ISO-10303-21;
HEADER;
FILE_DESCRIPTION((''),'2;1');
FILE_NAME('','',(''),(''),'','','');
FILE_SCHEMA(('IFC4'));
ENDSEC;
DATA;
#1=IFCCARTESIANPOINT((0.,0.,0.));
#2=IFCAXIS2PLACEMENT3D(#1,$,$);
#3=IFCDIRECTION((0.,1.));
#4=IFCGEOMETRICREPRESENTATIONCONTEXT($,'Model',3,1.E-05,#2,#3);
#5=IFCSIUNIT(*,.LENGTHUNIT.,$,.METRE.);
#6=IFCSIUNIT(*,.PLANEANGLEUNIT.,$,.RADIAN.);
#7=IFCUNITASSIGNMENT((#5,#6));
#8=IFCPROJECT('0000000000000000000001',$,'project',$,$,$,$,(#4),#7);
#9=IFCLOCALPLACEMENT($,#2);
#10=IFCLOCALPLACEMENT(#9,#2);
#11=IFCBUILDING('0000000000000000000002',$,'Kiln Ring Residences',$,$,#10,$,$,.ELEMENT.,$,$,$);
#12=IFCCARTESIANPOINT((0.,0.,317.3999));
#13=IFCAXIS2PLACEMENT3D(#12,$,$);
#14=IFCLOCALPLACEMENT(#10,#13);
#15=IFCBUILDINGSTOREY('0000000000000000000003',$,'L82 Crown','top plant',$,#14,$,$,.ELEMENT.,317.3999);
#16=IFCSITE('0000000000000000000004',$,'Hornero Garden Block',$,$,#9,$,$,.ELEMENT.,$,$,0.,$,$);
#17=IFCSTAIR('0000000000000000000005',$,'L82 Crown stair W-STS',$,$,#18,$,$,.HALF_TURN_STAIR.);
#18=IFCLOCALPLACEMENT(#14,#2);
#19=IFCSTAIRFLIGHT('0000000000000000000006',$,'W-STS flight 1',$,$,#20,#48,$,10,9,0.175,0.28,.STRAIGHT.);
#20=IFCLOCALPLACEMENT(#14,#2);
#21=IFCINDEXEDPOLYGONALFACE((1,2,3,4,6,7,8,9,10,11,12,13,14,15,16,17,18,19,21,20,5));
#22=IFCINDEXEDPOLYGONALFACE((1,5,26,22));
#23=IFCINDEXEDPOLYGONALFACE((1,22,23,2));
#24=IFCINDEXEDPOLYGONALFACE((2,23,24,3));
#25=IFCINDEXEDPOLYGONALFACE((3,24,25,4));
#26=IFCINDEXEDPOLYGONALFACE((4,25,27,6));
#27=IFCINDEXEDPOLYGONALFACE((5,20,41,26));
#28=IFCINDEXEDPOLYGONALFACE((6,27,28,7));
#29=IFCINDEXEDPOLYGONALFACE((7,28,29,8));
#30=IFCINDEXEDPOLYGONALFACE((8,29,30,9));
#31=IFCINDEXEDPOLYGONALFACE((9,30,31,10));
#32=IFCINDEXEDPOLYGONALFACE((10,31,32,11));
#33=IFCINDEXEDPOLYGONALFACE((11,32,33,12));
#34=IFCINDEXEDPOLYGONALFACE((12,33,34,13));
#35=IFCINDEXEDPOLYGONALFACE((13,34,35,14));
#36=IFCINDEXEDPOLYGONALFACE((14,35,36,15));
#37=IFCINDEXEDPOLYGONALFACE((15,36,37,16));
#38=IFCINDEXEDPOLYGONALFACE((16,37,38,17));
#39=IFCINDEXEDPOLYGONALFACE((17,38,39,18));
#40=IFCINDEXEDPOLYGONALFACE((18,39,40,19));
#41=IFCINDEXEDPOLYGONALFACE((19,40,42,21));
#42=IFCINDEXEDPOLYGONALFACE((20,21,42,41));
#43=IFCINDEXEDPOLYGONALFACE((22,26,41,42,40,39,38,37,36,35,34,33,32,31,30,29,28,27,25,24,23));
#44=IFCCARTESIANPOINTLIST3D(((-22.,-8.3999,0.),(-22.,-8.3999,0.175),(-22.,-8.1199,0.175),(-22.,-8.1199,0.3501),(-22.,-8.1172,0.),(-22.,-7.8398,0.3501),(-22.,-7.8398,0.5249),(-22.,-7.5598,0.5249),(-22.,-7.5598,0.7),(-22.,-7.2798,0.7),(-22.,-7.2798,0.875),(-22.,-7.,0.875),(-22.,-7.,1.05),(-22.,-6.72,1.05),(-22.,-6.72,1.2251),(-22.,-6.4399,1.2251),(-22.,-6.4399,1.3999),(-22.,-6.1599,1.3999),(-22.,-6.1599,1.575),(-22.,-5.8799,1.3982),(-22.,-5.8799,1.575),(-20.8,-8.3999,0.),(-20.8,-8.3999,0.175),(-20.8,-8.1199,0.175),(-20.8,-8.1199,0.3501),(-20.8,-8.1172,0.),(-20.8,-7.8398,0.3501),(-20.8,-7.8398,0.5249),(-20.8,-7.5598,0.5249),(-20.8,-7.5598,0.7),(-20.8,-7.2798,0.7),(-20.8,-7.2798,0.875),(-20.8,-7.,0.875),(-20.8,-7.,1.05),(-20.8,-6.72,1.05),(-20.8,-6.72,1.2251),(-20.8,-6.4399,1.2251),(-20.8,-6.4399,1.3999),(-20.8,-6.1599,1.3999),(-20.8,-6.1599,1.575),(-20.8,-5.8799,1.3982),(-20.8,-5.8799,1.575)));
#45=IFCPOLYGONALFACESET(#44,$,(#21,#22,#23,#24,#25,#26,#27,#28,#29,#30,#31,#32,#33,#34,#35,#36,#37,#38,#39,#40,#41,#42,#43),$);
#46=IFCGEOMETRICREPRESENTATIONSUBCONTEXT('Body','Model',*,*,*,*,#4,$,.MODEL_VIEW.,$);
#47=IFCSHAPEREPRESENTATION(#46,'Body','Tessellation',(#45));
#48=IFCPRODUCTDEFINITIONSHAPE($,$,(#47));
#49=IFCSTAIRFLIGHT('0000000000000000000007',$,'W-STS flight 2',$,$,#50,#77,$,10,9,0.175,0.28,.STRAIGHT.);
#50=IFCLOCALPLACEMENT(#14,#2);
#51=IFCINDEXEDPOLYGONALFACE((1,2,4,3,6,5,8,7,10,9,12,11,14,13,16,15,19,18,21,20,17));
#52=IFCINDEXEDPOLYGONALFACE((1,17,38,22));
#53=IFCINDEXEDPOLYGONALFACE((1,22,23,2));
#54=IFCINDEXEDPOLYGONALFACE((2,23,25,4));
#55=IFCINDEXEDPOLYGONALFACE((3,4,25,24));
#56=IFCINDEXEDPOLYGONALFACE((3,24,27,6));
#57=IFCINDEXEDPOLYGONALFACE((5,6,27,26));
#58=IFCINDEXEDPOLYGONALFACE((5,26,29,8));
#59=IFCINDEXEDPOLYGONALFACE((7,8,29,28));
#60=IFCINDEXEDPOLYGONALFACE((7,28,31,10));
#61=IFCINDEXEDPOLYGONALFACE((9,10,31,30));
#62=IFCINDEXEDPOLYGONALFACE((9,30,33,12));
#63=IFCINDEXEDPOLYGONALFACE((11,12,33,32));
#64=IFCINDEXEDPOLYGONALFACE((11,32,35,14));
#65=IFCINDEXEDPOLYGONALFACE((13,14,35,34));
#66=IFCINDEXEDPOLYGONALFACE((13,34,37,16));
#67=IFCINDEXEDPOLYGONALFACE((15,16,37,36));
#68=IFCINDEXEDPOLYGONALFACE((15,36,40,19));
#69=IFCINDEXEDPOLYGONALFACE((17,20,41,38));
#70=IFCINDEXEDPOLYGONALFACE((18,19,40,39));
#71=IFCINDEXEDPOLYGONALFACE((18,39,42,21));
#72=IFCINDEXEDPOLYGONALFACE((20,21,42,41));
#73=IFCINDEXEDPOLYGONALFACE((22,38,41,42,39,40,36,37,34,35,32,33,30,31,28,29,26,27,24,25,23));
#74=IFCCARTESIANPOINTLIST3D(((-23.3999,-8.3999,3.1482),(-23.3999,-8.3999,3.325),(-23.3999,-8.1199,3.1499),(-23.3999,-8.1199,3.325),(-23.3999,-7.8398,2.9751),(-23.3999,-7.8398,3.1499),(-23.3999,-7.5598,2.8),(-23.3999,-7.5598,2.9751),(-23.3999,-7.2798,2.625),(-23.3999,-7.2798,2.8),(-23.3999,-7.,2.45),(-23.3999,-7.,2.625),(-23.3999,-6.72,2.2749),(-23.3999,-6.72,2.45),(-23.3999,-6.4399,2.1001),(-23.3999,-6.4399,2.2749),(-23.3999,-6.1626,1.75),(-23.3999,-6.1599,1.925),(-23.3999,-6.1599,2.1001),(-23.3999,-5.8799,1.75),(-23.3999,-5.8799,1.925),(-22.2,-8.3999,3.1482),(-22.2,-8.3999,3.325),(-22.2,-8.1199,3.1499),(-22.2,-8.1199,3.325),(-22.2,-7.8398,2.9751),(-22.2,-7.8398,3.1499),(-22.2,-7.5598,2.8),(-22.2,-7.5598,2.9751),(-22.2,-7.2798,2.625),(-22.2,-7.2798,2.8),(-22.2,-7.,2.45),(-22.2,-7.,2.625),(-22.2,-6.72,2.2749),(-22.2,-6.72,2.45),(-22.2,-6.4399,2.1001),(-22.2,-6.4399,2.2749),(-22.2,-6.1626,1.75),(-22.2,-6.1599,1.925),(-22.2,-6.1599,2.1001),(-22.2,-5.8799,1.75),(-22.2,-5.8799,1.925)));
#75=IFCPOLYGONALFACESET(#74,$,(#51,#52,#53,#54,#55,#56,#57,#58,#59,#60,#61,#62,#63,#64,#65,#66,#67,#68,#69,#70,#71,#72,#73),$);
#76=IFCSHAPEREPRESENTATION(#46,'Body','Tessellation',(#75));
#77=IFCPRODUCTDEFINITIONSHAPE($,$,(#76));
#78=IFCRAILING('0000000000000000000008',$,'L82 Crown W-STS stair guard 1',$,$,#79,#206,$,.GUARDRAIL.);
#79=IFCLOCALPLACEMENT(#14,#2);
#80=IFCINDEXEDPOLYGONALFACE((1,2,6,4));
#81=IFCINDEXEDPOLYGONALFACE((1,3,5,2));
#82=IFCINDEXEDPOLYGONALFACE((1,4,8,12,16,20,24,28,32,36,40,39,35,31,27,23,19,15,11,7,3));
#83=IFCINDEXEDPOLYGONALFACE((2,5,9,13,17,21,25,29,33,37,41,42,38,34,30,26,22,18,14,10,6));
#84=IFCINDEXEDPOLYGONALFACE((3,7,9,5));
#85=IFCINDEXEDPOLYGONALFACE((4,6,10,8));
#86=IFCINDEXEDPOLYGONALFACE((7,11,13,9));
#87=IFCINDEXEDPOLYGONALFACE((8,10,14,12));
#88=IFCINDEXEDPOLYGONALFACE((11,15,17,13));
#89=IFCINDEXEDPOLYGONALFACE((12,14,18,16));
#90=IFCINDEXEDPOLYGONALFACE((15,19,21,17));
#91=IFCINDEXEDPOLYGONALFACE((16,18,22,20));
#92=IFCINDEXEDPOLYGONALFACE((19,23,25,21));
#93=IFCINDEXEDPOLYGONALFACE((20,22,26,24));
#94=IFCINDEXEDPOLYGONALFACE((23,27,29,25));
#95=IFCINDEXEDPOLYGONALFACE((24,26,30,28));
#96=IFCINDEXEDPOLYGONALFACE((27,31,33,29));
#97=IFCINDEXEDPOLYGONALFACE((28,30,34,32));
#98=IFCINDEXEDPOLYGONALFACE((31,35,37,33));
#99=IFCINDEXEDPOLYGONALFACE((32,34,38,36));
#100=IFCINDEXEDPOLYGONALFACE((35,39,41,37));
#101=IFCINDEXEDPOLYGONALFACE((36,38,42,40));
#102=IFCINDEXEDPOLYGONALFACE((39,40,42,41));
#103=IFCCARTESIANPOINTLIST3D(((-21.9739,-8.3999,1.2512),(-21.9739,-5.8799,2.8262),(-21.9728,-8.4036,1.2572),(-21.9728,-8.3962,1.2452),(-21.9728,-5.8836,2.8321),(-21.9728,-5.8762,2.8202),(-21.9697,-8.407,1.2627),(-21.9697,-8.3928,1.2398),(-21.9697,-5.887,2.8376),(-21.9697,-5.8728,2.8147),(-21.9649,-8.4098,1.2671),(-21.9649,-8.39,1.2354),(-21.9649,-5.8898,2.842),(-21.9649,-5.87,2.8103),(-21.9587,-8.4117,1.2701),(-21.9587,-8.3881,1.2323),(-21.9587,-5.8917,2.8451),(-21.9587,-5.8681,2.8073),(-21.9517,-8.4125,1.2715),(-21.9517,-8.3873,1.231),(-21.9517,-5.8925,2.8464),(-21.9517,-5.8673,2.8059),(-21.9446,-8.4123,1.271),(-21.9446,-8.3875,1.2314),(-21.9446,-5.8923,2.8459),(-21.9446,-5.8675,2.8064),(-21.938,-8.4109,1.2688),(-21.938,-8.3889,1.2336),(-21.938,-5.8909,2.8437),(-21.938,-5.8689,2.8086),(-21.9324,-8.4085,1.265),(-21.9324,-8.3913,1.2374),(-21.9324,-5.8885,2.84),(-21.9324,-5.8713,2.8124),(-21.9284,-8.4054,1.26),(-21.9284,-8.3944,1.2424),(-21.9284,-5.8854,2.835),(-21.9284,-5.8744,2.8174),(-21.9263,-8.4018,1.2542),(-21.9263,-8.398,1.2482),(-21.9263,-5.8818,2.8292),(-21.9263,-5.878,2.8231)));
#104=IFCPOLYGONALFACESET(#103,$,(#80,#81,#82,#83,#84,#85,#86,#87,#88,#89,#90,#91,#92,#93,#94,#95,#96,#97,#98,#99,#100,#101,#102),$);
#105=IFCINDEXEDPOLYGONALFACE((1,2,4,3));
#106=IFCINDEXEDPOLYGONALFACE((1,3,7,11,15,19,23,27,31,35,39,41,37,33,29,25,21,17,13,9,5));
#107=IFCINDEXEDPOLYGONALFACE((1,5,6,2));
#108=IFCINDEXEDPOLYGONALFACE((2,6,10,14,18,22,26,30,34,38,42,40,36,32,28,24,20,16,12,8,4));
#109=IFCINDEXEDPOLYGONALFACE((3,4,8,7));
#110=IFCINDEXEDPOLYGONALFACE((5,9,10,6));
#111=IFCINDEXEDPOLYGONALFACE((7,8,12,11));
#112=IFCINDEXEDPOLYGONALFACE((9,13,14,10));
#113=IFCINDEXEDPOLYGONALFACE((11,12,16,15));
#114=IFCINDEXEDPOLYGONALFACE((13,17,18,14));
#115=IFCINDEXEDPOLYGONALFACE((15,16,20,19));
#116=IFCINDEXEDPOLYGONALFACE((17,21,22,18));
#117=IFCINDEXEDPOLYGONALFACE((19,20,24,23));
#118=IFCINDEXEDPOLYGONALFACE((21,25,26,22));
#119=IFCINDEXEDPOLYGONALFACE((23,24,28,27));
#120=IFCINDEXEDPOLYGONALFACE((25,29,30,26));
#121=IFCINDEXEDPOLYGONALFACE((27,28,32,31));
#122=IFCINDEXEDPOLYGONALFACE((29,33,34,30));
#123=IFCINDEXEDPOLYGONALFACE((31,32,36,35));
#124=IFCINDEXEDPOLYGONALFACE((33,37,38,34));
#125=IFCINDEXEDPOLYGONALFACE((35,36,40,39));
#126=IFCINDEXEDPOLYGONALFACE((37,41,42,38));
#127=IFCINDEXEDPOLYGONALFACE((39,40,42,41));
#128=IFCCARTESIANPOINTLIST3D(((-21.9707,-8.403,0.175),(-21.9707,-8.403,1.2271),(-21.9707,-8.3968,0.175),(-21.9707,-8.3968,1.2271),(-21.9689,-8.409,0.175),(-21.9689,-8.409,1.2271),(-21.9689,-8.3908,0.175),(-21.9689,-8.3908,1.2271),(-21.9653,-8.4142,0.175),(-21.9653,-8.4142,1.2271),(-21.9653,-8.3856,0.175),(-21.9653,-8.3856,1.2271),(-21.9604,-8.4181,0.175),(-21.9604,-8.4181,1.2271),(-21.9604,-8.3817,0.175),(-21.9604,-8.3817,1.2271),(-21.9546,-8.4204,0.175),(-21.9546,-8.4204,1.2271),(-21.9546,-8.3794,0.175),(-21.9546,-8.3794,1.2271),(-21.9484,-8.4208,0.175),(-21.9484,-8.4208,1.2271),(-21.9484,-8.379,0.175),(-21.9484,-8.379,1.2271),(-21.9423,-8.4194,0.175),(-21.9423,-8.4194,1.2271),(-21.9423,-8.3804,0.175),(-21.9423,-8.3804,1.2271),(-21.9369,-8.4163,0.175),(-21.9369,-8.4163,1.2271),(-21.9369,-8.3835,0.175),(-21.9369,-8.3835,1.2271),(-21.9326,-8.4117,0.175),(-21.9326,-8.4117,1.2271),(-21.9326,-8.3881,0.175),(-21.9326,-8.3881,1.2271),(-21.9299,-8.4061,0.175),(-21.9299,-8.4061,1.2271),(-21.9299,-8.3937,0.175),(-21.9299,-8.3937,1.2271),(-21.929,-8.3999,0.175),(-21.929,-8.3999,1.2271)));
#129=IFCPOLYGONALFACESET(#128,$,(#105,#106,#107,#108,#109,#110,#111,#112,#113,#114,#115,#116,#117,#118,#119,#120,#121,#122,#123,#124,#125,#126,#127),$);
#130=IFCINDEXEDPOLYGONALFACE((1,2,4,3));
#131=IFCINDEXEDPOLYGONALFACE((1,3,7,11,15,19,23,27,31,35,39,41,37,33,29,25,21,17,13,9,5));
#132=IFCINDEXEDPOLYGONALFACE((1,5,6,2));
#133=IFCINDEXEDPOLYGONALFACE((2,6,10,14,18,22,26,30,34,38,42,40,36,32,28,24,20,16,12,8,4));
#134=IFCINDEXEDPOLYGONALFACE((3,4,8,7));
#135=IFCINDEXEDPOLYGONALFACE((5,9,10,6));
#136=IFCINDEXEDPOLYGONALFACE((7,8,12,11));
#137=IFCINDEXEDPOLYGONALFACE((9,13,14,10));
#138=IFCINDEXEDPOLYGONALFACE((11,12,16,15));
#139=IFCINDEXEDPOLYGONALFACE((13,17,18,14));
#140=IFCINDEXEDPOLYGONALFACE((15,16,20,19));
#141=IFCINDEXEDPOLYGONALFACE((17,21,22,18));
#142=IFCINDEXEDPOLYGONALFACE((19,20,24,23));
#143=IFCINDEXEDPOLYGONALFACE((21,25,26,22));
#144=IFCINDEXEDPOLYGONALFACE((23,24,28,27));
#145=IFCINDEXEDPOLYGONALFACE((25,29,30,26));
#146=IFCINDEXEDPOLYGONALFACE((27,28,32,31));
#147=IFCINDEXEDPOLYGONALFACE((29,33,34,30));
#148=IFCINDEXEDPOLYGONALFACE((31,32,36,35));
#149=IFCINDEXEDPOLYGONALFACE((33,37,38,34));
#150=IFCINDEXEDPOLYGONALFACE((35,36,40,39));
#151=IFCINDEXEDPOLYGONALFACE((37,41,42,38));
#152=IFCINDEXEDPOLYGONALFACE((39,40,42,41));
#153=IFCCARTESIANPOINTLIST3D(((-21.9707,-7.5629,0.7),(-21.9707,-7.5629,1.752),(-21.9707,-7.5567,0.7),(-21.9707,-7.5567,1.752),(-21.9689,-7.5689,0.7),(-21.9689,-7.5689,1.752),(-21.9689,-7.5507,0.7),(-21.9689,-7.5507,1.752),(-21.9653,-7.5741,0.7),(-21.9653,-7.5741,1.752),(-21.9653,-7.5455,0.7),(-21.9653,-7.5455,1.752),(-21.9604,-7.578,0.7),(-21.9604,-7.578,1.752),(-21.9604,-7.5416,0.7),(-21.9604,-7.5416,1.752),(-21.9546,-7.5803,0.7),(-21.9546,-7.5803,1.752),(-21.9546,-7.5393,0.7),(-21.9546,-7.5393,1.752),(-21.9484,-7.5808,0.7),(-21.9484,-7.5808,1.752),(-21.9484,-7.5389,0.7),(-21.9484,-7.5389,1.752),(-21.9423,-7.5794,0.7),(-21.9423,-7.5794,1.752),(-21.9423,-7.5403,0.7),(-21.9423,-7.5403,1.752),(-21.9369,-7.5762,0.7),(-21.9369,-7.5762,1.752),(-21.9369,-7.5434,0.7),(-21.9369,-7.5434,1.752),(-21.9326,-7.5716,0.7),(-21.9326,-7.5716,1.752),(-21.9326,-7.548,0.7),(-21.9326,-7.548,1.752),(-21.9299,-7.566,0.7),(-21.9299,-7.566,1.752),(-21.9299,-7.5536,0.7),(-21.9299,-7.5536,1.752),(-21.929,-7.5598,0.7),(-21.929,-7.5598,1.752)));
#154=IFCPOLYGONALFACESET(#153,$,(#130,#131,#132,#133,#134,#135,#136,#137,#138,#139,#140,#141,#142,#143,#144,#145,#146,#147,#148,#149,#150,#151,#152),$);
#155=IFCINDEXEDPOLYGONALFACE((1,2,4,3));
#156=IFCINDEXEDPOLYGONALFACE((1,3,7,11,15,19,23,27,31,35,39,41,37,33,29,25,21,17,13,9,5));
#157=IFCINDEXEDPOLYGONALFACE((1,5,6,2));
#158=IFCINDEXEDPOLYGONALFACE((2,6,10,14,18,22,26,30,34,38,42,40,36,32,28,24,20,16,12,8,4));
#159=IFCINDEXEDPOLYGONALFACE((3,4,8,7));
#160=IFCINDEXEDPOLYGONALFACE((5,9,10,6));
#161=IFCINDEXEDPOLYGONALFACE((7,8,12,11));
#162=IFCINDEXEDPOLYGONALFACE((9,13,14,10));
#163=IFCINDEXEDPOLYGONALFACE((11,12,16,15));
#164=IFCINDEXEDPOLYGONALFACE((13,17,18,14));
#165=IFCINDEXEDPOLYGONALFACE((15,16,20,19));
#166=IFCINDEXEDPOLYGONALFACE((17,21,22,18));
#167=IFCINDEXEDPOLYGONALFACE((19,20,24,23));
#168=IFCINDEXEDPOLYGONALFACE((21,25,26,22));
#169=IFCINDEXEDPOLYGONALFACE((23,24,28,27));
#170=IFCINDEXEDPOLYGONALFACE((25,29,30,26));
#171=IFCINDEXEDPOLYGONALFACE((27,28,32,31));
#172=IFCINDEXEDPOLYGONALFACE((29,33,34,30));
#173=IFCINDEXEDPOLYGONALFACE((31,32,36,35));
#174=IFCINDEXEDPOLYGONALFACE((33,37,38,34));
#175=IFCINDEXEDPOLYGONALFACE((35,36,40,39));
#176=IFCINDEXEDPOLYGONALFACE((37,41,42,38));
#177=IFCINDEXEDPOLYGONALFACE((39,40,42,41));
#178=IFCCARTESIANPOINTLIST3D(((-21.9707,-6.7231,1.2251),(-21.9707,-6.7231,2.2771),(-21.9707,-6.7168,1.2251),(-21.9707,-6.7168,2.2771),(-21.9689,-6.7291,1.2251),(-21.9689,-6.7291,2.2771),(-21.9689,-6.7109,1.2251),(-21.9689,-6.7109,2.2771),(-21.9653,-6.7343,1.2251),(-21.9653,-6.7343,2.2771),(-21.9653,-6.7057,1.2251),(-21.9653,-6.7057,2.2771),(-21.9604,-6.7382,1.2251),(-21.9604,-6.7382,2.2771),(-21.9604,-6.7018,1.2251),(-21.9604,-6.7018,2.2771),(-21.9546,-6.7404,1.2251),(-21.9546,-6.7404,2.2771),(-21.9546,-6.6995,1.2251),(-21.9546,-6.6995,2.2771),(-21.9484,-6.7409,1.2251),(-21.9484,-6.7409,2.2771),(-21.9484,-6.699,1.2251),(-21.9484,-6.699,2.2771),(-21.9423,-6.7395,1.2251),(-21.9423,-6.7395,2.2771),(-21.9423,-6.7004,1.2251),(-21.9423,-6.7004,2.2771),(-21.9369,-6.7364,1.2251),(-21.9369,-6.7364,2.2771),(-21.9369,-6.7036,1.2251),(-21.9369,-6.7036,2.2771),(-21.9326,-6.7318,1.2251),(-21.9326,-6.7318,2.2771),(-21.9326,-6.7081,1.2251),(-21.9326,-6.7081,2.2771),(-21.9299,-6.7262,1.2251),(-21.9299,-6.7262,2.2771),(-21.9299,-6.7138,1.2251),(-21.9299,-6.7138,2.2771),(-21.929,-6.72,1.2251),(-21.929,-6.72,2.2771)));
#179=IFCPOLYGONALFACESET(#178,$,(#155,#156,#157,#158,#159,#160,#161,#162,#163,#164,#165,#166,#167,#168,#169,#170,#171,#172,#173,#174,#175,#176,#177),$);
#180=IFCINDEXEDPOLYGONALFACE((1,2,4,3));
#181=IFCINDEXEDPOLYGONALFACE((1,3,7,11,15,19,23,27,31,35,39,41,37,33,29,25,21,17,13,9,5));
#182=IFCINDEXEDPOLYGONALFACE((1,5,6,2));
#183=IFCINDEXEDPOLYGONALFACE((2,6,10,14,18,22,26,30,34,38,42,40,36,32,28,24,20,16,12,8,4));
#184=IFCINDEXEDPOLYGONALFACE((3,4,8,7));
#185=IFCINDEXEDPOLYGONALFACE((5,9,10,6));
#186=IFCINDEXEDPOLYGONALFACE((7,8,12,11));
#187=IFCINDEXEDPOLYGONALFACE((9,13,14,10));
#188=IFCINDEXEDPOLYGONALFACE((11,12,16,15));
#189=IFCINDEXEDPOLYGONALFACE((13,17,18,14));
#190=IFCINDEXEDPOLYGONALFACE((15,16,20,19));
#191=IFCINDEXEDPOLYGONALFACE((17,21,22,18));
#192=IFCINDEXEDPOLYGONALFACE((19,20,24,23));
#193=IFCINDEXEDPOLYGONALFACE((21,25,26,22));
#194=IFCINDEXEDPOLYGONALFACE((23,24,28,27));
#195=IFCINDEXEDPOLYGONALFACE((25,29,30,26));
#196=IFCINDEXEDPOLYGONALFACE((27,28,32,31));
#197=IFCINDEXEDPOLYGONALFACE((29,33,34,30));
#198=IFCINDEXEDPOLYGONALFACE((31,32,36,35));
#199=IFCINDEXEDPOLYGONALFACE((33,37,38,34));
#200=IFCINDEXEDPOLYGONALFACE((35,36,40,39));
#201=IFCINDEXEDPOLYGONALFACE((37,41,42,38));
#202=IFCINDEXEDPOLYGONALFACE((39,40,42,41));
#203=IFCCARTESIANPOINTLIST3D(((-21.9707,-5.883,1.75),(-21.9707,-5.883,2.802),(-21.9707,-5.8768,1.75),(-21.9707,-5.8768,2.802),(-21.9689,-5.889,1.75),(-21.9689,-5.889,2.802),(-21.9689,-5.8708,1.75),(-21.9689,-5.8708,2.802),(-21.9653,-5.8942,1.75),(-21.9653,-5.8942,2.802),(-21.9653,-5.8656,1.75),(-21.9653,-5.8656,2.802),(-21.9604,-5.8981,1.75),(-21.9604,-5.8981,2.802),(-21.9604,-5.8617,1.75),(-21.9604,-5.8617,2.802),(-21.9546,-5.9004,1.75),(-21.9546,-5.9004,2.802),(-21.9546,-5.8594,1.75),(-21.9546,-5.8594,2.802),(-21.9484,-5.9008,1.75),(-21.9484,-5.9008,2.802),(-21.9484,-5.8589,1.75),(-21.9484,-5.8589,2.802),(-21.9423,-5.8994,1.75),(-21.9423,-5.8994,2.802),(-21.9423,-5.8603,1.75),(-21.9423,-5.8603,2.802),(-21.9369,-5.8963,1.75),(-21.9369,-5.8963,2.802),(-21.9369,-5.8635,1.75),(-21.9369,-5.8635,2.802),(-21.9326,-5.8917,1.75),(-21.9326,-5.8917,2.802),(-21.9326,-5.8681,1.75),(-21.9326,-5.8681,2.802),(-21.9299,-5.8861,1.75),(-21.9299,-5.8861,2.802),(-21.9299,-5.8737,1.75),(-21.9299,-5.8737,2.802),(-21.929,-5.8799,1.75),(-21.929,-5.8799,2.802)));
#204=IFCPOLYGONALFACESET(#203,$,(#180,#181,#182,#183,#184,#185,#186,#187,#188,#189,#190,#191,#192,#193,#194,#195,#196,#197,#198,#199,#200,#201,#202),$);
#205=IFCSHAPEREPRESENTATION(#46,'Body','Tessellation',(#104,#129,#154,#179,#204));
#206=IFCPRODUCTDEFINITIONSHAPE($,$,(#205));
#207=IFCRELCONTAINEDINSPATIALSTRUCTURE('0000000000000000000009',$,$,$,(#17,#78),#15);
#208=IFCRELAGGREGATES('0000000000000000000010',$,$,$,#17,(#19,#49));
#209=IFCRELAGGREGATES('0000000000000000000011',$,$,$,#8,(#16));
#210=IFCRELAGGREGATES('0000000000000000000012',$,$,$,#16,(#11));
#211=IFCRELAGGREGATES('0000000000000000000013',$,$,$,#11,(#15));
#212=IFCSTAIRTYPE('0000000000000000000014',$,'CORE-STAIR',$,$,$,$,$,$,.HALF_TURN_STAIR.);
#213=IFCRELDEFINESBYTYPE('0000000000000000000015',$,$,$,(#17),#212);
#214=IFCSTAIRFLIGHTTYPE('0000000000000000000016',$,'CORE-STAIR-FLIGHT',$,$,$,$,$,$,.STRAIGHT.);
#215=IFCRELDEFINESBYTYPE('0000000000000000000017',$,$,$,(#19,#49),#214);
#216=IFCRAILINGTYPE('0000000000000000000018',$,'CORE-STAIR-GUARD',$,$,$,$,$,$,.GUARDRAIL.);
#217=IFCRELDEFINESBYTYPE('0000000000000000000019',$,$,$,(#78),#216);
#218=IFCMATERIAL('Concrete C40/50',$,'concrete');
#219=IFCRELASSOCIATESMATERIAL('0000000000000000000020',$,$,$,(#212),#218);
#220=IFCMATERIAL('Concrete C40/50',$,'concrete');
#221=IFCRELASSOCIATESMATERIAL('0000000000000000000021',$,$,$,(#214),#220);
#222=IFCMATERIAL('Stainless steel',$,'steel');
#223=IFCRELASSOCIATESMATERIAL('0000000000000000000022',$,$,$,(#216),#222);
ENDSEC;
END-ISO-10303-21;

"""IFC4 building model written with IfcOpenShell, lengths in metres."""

from ifc_helpers import new_model, si_unit, direction, frame, origin, origin_2d, place, context, subcontext, project, spatial, polyline, circle, outline, extrude, material, type_object, element, aggregate, save


model = new_model("IFC4")

# Units and contexts
model_context = context("Model", 3, precision=1e-05, world=origin(), true_north=direction((0.0, 1.0)))
body_context = subcontext(model_context, "Body", "Model", "MODEL_VIEW")
ifc_project = project(units=[si_unit("LENGTHUNIT", "METRE"), si_unit("PLANEANGLEUNIT", "RADIAN")], contexts=[model_context])

# Site, building, storey
site_placement = place(None, origin())
site = spatial("IfcSite", under=ifc_project, at=site_placement, Name="Hornero Garden Block", CompositionType="ELEMENT", RefElevation=0.0)
building_placement = place(site_placement, origin())
building = spatial("IfcBuilding", under=site, at=building_placement, Name="Kiln Ring Residences", CompositionType="ELEMENT")
storey_placement = place(building_placement, frame((0.0, 0.0, 317.3999)))
storey = spatial("IfcBuildingStorey", under=building, at=storey_placement, Name="L82 Crown", Description="top plant", CompositionType="ELEMENT", Elevation=317.3999)

# Stair, stair flights
ifc_material_1 = material(Name="Concrete C40/50", Category="concrete")
stair_type = type_object("IfcStairType", Name="CORE-STAIR", PredefinedType="HALF_TURN_STAIR", material=ifc_material_1)
stair_placement = place(storey_placement, origin())
stair = element("IfcStair", 1, at=stair_placement, inside=storey, type_object=stair_type, Name="L82 Crown stair W-STS", PredefinedType="HALF_TURN_STAIR")
ifc_material_2 = material(Name="Concrete C40/50", Category="concrete")
stair_flight_type = type_object("IfcStairFlightType", Name="CORE-STAIR-FLIGHT", PredefinedType="STRAIGHT", material=ifc_material_2)
stair_flight_1_placement = place(storey_placement, frame((-21.3999, -8.3999, 0.0), z_axis=(0.0, 0.0, 1.0), x_axis=(0.0, 1.0, 0.0)))
stair_flight_1 = element("IfcStairFlight", 2, at=stair_flight_1_placement, type_object=stair_flight_type, Name="W-STS flight 1", NumberOfRisers=10, NumberOfTreads=9, PredefinedType="STRAIGHT", RiserHeight=0.175, TreadLength=0.28, context=body_context, shape_type="SweptSolid", body=[
    extrude(outline(polyline([(0.0, 0.0), (0.0, 0.175), (0.28, 0.175), (0.28, 0.3501), (0.5601, 0.3501), (0.5601, 0.5249), (0.8401, 0.5249), (0.8401, 0.7), (1.1201, 0.7), (1.1201, 0.875), (1.3999, 0.875), (1.3999, 1.05), (1.6799, 1.05), (1.6799, 1.2251), (1.96, 1.2251), (1.96, 1.3999), (2.24, 1.3999), (2.24, 1.575), (2.52, 1.575), (2.52, 1.75), (2.52, 1.3982), (0.2827, 0.0), (0.0, 0.0)])), frame((0.0, 0.6001, 0.0), z_axis=(0.0, -1.0, 0.0), x_axis=(1.0, 0.0, 0.0)), (0.0, 0.0, 1.0), 1.2),
])
stair_flight_2_placement = place(storey_placement, frame((-22.8, -5.8799, 1.75), z_axis=(0.0, 0.0, 1.0), x_axis=(0.0, -1.0, 0.0)))
stair_flight_2 = element("IfcStairFlight", 3, at=stair_flight_2_placement, type_object=stair_flight_type, Name="W-STS flight 2", NumberOfRisers=10, NumberOfTreads=9, PredefinedType="STRAIGHT", RiserHeight=0.175, TreadLength=0.28, context=body_context, shape_type="SweptSolid", body=[
    extrude(outline(polyline([(0.0, 0.0), (0.0, 0.175), (0.28, 0.175), (0.28, 0.3501), (0.5601, 0.3501), (0.5601, 0.5249), (0.8401, 0.5249), (0.8401, 0.7), (1.1201, 0.7), (1.1201, 0.875), (1.3999, 0.875), (1.3999, 1.05), (1.6799, 1.05), (1.6799, 1.2251), (1.96, 1.2251), (1.96, 1.3999), (2.24, 1.3999), (2.24, 1.575), (2.52, 1.575), (2.52, 1.75), (2.52, 1.3982), (0.2827, 0.0), (0.0, 0.0)])), frame((0.0, 0.6001, 0.0), z_axis=(0.0, -1.0, 0.0), x_axis=(1.0, 0.0, 0.0)), (0.0, 0.0, 1.0), 1.2),
])
aggregate(stair, [stair_flight_1, stair_flight_2])

# Railing
ifc_material_3 = material(Name="Stainless steel", Category="steel")
railing_type_1 = type_object("IfcRailingType", Name="CORE-STAIR-GUARD", PredefinedType="GUARDRAIL", material=ifc_material_3)
railing_1_placement = place(storey_placement, frame((-21.95, -8.3999, 0.175)))
element("IfcRailing", 4, at=railing_1_placement, inside=storey, type_object=railing_type_1, Name="L82 Crown W-STS stair guard 1", PredefinedType="GUARDRAIL", context=body_context, shape_type="SweptSolid", body=[
    extrude(circle(Radius=0.0239, at=origin_2d()), frame((0.0, 0.0, 1.0762), z_axis=(0.0, 0.848008, 0.529984), x_axis=(-1.0, 0.0, 0.0)), (0.0, 0.0, 1.0), 2.9717),
    extrude(circle(Radius=0.021, at=origin_2d()), origin(), (0.0, 0.0, 1.0), 1.052),
    extrude(circle(Radius=0.021, at=origin_2d()), frame((0.0, 0.8401, 0.5249)), (0.0, 0.0, 1.0), 1.052),
    extrude(circle(Radius=0.021, at=origin_2d()), frame((0.0, 1.6799, 1.05)), (0.0, 0.0, 1.0), 1.052),
    extrude(circle(Radius=0.021, at=origin_2d()), frame((0.0, 2.52, 1.575)), (0.0, 0.0, 1.0), 1.052),
])

save(model, "model.ifc")
